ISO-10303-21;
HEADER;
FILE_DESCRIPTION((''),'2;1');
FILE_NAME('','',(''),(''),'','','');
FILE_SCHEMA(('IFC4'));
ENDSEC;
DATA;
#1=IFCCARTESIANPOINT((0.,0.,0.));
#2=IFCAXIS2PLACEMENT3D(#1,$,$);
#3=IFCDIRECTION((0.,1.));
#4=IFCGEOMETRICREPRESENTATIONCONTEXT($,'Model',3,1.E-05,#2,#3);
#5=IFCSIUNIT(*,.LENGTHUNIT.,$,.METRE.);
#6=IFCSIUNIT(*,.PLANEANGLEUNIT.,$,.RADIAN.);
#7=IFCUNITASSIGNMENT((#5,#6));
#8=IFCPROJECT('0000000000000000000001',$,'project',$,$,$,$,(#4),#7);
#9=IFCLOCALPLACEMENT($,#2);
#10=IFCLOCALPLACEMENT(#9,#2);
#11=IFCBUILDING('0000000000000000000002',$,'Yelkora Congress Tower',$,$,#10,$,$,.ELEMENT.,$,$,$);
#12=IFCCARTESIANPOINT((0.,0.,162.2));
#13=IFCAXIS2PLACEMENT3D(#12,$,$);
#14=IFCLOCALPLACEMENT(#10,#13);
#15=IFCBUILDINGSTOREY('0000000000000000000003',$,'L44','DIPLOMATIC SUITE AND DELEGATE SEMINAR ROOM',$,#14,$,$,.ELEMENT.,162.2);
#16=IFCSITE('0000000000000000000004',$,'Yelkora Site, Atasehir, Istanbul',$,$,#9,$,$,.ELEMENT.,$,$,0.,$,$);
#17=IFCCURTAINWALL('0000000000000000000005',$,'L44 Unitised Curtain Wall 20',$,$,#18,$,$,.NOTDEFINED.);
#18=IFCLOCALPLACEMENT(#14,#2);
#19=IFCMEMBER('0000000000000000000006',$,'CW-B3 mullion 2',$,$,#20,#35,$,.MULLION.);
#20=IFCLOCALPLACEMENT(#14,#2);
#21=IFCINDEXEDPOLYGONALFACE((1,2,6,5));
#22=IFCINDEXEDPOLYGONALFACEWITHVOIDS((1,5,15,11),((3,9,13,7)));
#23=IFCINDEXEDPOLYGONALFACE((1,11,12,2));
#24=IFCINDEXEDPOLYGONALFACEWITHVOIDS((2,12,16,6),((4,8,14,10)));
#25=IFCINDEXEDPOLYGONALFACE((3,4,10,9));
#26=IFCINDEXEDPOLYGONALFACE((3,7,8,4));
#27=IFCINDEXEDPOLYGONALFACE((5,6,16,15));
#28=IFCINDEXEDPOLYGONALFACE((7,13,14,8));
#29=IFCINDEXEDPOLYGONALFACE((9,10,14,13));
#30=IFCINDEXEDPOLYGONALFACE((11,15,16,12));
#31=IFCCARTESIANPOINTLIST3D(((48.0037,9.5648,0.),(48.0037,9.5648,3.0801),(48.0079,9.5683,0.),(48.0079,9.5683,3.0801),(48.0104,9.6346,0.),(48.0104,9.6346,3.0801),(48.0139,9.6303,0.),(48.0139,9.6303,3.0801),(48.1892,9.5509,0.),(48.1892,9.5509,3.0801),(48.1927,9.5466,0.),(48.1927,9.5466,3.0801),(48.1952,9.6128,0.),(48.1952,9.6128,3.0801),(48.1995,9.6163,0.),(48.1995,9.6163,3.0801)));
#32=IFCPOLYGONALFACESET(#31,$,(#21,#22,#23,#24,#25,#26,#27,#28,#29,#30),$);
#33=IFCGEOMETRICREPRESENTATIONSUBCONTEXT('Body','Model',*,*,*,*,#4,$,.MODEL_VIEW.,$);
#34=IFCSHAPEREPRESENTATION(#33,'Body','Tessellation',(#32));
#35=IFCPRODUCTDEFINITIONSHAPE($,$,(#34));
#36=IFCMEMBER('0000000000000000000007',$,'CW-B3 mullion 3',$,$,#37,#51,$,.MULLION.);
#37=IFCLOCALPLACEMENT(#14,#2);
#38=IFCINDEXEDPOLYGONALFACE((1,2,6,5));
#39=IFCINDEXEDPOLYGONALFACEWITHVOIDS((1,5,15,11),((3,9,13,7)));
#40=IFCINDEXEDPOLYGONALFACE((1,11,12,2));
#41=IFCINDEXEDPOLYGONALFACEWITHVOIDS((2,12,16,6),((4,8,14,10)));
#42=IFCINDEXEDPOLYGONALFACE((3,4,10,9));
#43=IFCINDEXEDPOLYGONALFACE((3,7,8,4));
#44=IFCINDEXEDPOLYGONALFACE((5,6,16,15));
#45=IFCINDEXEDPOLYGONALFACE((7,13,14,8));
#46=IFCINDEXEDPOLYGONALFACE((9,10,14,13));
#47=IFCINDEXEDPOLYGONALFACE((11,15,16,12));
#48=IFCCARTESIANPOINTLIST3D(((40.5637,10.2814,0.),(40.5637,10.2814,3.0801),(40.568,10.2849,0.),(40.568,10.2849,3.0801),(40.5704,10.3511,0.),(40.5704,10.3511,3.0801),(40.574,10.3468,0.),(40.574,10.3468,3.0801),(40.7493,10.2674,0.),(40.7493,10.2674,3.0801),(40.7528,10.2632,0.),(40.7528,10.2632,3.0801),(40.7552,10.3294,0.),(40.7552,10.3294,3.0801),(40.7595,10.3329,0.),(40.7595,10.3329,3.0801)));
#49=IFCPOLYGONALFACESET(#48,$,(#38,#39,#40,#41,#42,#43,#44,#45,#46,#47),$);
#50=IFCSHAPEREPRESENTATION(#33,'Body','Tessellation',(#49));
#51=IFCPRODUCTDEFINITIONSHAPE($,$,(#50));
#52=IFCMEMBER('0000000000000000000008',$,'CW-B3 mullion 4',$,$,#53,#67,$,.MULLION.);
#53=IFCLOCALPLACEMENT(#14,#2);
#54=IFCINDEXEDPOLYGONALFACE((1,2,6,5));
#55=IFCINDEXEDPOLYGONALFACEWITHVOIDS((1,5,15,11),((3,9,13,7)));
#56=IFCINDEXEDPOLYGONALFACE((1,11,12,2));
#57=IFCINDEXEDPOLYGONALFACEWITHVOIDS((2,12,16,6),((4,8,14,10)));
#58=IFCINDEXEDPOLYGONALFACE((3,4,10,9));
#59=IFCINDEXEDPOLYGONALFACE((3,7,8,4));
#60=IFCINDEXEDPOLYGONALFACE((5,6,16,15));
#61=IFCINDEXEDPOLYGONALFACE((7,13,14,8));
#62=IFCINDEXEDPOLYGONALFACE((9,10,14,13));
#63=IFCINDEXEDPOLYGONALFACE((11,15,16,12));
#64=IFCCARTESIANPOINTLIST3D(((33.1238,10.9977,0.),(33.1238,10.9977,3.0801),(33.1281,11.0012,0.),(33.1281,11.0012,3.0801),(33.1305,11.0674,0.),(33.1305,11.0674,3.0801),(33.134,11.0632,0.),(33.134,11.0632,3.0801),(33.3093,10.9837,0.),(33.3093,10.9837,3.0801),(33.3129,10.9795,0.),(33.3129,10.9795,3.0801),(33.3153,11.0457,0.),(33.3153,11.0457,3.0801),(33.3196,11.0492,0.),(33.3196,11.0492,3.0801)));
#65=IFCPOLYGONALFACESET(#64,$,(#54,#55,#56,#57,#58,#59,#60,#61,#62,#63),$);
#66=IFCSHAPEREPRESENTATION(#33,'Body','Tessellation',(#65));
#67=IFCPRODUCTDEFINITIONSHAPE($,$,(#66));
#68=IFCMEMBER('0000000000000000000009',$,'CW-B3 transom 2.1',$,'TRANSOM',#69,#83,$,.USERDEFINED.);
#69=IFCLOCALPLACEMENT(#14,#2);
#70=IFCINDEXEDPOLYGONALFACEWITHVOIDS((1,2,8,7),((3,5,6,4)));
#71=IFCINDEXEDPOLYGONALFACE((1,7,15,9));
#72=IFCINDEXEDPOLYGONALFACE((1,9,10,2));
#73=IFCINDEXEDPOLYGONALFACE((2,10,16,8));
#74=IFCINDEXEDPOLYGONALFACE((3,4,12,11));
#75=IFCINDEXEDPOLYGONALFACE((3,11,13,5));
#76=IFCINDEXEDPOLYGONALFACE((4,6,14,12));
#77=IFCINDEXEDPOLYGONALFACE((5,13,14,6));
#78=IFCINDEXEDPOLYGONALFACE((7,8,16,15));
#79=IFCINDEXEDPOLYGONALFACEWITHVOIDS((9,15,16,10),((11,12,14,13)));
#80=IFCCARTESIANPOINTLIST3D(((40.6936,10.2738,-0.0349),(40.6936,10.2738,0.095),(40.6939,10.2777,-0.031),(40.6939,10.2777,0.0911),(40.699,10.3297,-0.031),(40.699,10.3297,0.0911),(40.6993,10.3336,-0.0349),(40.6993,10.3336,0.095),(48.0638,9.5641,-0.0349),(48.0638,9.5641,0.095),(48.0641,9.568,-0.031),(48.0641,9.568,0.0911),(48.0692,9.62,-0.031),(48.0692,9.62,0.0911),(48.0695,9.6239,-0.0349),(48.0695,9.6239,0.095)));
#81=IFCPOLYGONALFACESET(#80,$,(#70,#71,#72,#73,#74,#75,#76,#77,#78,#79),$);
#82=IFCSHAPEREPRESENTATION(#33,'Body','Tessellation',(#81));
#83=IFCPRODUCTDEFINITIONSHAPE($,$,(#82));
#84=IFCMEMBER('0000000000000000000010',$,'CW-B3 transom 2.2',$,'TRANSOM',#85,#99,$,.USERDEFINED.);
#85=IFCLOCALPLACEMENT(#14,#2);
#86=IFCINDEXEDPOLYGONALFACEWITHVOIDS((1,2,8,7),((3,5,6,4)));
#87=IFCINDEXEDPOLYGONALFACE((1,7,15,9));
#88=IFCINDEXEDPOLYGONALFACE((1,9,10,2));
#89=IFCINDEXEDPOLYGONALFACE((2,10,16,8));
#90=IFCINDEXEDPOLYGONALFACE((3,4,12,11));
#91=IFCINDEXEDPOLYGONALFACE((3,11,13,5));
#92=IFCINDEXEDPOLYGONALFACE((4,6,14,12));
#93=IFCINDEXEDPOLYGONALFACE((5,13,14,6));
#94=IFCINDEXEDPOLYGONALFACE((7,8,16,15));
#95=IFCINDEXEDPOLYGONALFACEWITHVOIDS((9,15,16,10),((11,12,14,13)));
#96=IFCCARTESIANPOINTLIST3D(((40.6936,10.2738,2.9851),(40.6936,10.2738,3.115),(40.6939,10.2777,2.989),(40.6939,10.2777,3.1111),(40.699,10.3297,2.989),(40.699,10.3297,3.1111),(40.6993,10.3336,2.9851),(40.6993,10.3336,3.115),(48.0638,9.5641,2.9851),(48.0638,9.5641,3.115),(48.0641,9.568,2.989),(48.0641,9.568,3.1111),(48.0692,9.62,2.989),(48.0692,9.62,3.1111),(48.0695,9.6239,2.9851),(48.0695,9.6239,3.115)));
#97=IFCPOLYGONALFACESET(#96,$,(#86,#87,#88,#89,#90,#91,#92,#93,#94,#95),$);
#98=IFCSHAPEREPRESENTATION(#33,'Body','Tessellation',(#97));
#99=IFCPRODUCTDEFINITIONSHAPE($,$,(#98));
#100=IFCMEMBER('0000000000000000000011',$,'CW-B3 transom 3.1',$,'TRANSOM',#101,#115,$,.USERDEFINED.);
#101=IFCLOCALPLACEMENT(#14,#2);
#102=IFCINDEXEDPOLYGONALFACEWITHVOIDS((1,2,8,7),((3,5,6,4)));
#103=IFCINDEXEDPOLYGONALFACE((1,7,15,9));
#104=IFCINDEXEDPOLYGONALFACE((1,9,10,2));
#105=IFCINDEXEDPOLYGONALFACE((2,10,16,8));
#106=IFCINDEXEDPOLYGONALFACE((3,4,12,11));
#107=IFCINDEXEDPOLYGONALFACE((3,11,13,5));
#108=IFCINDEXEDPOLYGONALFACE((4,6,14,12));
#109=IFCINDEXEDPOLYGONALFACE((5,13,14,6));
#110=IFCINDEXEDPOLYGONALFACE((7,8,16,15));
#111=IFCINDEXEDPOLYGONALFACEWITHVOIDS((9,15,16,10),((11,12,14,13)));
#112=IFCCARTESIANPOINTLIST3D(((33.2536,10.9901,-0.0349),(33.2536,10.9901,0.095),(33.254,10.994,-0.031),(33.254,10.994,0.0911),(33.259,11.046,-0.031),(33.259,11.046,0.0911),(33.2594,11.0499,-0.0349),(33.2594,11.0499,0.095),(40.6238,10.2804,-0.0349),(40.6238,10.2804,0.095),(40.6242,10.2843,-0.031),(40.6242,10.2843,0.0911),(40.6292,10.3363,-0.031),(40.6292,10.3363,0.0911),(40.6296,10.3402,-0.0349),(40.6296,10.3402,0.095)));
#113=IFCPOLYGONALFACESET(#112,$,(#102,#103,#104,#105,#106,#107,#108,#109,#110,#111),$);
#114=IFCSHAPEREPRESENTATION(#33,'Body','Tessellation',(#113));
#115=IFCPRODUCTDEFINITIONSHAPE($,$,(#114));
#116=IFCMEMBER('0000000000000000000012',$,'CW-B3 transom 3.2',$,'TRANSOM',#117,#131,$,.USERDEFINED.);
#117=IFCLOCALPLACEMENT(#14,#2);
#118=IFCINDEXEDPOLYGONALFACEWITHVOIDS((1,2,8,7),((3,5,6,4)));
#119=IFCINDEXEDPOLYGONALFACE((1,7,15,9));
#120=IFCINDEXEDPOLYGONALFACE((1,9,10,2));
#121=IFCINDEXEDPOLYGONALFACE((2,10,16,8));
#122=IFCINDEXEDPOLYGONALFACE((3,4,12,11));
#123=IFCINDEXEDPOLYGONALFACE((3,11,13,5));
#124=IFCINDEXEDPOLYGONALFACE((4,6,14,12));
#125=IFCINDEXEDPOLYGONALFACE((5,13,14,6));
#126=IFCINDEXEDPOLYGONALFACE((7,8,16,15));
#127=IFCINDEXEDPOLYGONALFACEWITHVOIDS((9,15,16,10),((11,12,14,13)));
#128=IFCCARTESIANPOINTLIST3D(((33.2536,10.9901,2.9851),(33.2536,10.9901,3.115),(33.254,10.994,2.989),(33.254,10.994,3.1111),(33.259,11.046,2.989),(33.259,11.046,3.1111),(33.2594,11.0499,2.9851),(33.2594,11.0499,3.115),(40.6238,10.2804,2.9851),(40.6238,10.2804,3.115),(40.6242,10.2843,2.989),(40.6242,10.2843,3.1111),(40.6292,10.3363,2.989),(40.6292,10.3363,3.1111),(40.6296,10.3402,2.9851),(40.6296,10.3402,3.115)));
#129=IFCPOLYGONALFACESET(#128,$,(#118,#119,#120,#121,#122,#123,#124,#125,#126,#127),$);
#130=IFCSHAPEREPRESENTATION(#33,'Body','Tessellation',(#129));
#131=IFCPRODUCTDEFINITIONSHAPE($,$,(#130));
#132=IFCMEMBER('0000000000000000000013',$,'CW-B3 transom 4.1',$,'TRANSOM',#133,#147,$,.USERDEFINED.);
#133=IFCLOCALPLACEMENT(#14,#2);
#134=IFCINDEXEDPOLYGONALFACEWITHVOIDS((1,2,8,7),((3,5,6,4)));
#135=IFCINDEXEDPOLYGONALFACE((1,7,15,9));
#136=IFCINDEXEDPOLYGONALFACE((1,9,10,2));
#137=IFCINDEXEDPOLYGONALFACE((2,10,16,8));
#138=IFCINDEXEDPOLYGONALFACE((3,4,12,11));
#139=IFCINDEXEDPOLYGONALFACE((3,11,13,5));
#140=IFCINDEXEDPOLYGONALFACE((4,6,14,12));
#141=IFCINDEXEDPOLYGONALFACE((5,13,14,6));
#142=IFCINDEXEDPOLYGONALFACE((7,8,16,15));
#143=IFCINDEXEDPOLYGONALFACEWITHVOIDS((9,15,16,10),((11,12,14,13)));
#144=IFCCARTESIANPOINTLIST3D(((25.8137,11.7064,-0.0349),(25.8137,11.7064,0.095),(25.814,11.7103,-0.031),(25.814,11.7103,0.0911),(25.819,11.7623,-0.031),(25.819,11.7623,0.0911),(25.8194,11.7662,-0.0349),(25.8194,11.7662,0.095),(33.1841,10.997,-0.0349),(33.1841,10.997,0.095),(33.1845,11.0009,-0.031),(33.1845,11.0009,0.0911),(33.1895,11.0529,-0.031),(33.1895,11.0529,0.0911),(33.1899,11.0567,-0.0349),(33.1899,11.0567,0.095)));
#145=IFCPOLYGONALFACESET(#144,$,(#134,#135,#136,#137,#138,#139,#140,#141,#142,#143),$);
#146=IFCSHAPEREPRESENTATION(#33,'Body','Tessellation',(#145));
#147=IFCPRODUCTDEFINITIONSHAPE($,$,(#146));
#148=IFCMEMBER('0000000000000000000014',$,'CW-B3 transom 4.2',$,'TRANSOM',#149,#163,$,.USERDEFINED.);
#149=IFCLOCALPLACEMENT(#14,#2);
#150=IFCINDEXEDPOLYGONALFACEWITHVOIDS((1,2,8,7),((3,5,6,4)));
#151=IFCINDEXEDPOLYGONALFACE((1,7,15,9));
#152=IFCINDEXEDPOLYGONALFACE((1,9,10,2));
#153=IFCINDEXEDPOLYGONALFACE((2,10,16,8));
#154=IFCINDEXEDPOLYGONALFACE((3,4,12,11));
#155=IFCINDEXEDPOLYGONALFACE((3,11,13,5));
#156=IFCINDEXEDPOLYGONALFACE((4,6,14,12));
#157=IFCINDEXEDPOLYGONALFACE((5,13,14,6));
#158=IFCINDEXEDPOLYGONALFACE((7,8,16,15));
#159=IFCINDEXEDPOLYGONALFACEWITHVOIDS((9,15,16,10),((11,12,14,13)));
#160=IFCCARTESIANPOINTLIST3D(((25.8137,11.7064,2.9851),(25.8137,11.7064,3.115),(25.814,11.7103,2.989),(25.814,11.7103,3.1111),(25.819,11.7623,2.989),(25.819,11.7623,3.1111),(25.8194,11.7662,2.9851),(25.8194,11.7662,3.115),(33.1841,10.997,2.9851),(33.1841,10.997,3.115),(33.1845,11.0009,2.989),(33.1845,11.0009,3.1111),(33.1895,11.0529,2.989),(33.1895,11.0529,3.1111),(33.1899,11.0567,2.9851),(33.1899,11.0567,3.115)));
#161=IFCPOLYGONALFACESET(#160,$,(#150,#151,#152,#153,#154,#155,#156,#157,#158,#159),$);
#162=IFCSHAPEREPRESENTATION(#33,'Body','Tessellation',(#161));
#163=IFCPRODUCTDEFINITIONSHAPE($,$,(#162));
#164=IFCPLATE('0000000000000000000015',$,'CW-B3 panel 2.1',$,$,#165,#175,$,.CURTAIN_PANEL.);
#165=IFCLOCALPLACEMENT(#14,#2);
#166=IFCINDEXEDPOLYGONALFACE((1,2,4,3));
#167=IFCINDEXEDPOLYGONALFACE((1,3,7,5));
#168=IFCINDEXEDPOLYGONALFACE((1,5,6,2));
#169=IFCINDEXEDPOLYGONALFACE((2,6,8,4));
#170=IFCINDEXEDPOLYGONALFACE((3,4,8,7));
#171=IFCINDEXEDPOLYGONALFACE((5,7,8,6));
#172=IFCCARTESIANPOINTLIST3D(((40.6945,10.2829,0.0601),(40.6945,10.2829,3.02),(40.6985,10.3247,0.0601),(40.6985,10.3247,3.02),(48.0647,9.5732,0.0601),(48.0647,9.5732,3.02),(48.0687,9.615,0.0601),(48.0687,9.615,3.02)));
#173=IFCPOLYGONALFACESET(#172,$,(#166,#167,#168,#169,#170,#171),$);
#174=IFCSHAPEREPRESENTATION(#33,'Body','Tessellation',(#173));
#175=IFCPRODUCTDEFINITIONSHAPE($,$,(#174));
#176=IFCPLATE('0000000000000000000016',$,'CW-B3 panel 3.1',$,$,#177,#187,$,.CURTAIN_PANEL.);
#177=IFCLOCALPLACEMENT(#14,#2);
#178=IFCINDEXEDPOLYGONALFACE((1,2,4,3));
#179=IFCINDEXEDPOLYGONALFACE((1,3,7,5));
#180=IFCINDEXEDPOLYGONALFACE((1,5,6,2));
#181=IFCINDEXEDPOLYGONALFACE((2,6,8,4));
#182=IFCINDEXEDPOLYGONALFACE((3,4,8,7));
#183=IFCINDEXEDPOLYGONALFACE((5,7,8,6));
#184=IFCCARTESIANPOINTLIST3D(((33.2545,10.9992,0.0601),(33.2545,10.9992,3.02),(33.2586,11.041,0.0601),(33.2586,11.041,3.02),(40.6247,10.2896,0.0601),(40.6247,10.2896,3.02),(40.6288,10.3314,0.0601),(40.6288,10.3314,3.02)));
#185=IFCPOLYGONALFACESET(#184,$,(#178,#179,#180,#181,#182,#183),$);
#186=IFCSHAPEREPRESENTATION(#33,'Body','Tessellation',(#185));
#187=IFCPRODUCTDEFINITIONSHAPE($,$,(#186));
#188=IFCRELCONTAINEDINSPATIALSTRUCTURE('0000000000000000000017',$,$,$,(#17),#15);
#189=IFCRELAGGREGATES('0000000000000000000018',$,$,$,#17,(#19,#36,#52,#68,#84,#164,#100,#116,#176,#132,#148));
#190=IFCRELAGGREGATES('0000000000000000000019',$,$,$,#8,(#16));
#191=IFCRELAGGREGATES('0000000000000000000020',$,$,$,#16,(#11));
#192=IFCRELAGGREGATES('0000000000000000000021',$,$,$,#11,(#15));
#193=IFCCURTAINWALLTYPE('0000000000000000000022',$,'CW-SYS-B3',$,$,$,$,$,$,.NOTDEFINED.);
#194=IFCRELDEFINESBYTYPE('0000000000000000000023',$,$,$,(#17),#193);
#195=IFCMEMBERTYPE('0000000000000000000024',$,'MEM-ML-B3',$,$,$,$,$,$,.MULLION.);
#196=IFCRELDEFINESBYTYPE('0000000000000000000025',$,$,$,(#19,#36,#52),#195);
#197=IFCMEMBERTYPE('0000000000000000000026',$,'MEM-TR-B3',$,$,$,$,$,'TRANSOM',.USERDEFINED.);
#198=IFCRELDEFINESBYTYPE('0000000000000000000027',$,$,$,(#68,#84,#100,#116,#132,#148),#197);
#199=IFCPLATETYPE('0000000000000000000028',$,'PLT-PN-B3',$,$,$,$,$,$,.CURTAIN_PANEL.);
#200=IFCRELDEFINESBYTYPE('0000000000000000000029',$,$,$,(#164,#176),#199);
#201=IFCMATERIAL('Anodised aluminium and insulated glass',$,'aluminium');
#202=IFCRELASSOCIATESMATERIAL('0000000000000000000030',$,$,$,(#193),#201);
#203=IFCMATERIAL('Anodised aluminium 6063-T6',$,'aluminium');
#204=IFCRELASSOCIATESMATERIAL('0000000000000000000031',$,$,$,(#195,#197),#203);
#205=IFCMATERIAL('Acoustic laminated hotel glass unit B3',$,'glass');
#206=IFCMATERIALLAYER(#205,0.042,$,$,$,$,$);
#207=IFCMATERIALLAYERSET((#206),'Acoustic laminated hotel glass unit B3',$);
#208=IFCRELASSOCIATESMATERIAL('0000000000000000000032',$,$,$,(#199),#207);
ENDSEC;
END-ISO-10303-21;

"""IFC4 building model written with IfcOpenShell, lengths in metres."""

from ifc_helpers import new_model, si_unit, direction, frame, origin, origin_2d, place, context, subcontext, project, spatial, rectangle, hollow_rectangle, extrude, material, layer, layer_set, material_profile, profile_set, type_object, element, aggregate, save


model = new_model("IFC4")

# Units and contexts
model_context = context("Model", 3, precision=1e-05, world=origin(), true_north=direction((0.0, 1.0)))
body_context = subcontext(model_context, "Body", "Model", "MODEL_VIEW")
ifc_project = project(units=[si_unit("LENGTHUNIT", "METRE"), si_unit("PLANEANGLEUNIT", "RADIAN")], contexts=[model_context])

# Site, building, storey
site_placement = place(None, origin())
site = spatial("IfcSite", under=ifc_project, at=site_placement, Name="Yelkora Site, Atasehir, Istanbul", CompositionType="ELEMENT", RefElevation=0.0)
building_placement = place(site_placement, origin())
building = spatial("IfcBuilding", under=site, at=building_placement, Name="Yelkora Congress Tower", CompositionType="ELEMENT")
storey_placement = place(building_placement, frame((0.0, 0.0, 162.2)))
storey = spatial("IfcBuildingStorey", under=building, at=storey_placement, Name="L44", Description="DIPLOMATIC SUITE AND DELEGATE SEMINAR ROOM", CompositionType="ELEMENT", Elevation=162.2)

# Curtain wall, members, plates
ifc_material_1 = material(Name="Anodised aluminium and insulated glass", Category="aluminium")
curtain_wall_type = type_object("IfcCurtainWallType", Name="CW-SYS-B3", PredefinedType="NOTDEFINED", material=ifc_material_1)
curtain_wall_placement = place(storey_placement, origin())
curtain_wall = element("IfcCurtainWall", 1, at=curtain_wall_placement, inside=storey, type_object=curtain_wall_type, Name="L44 Unitised Curtain Wall 20", PredefinedType="NOTDEFINED")
ifc_material_2 = material(Name="Anodised aluminium 6063-T6", Category="aluminium")
ifc_material_profile_1 = material_profile(ifc_material_2, hollow_rectangle(XDim=0.0701, YDim=0.1899, WallThickness=0.0039, at=origin_2d()), Name="ALU 70x190x4")
ifc_profile_set_1 = profile_set([ifc_material_profile_1], Name="Anodised aluminium 6063-T6")
member_type_1 = type_object("IfcMemberType", Name="MEM-ML-B3", PredefinedType="MULLION", material=ifc_profile_set_1)
member_1_placement = place(storey_placement, frame((48.1016, 9.5906, 0.0), z_axis=(0.0, 0.0, 1.0), x_axis=(-0.095845, -0.995396, 0.0)))
member_1 = element("IfcMember", 2, at=member_1_placement, type_object=member_type_1, Name="CW-B3 mullion 2", PredefinedType="MULLION", context=body_context, shape_type="SweptSolid", body=[
    extrude(hollow_rectangle(XDim=0.0701, YDim=0.1899, WallThickness=0.0039, at=origin_2d()), origin(), (0.0, 0.0, 1.0), 3.0801),
])
member_2_placement = place(storey_placement, frame((40.6616, 10.3071, 0.0), z_axis=(0.0, 0.0, 1.0), x_axis=(-0.095845, -0.995396, 0.0)))
member_2 = element("IfcMember", 3, at=member_2_placement, type_object=member_type_1, Name="CW-B3 mullion 3", PredefinedType="MULLION", context=body_context, shape_type="SweptSolid", body=[
    extrude(hollow_rectangle(XDim=0.0701, YDim=0.1899, WallThickness=0.0039, at=origin_2d()), origin(), (0.0, 0.0, 1.0), 3.0801),
])
member_3_placement = place(storey_placement, frame((33.2217, 11.0234, 0.0), z_axis=(0.0, 0.0, 1.0), x_axis=(-0.095845, -0.995396, 0.0)))
member_3 = element("IfcMember", 4, at=member_3_placement, type_object=member_type_1, Name="CW-B3 mullion 4", PredefinedType="MULLION", context=body_context, shape_type="SweptSolid", body=[
    extrude(hollow_rectangle(XDim=0.0701, YDim=0.1899, WallThickness=0.0039, at=origin_2d()), origin(), (0.0, 0.0, 1.0), 3.0801),
])
ifc_material_profile_2 = material_profile(ifc_material_2, hollow_rectangle(XDim=0.0601, YDim=0.1299, WallThickness=0.0039, at=origin_2d()), Name="ALU 60x130x4")
ifc_profile_set_2 = profile_set([ifc_material_profile_2], Name="Anodised aluminium 6063-T6")
member_type_2 = type_object("IfcMemberType", Name="MEM-TR-B3", ElementType="TRANSOM", PredefinedType="USERDEFINED", material=ifc_profile_set_2)
member_4_placement = place(storey_placement, frame((48.0667, 9.594, 0.03), z_axis=(-0.995395, 0.095853, 0.0), x_axis=(-0.095853, -0.995395, 0.0)))
member_4 = element("IfcMember", 5, at=member_4_placement, type_object=member_type_2, Name="CW-B3 transom 2.1", ObjectType="TRANSOM", PredefinedType="USERDEFINED", context=body_context, shape_type="SweptSolid", body=[
    extrude(hollow_rectangle(XDim=0.0601, YDim=0.1299, WallThickness=0.0039, at=origin_2d()), origin(), (0.0, 0.0, 1.0), 7.4043),
])
member_5_placement = place(storey_placement, frame((48.0667, 9.594, 3.05), z_axis=(-0.995395, 0.095853, 0.0), x_axis=(-0.095853, -0.995395, 0.0)))
member_5 = element("IfcMember", 6, at=member_5_placement, type_object=member_type_2, Name="CW-B3 transom 2.2", ObjectType="TRANSOM", PredefinedType="USERDEFINED", context=body_context, shape_type="SweptSolid", body=[
    extrude(hollow_rectangle(XDim=0.0601, YDim=0.1299, WallThickness=0.0039, at=origin_2d()), origin(), (0.0, 0.0, 1.0), 7.4043),
])
member_6_placement = place(storey_placement, frame((40.6267, 10.3103, 0.03), z_axis=(-0.995395, 0.095853, 0.0), x_axis=(-0.095853, -0.995395, 0.0)))
member_6 = element("IfcMember", 7, at=member_6_placement, type_object=member_type_2, Name="CW-B3 transom 3.1", ObjectType="TRANSOM", PredefinedType="USERDEFINED", context=body_context, shape_type="SweptSolid", body=[
    extrude(hollow_rectangle(XDim=0.0601, YDim=0.1299, WallThickness=0.0039, at=origin_2d()), origin(), (0.0, 0.0, 1.0), 7.4043),
])
member_7_placement = place(storey_placement, frame((40.6267, 10.3103, 3.05), z_axis=(-0.995395, 0.095853, 0.0), x_axis=(-0.095853, -0.995395, 0.0)))
member_7 = element("IfcMember", 8, at=member_7_placement, type_object=member_type_2, Name="CW-B3 transom 3.2", ObjectType="TRANSOM", PredefinedType="USERDEFINED", context=body_context, shape_type="SweptSolid", body=[
    extrude(hollow_rectangle(XDim=0.0601, YDim=0.1299, WallThickness=0.0039, at=origin_2d()), origin(), (0.0, 0.0, 1.0), 7.4043),
])
member_8_placement = place(storey_placement, frame((33.187, 11.0269, 0.03), z_axis=(-0.995399, 0.095817, 0.0), x_axis=(-0.095817, -0.995399, 0.0)))
member_8 = element("IfcMember", 9, at=member_8_placement, type_object=member_type_2, Name="CW-B3 transom 4.1", ObjectType="TRANSOM", PredefinedType="USERDEFINED", context=body_context, shape_type="SweptSolid", body=[
    extrude(hollow_rectangle(XDim=0.0601, YDim=0.1299, WallThickness=0.0039, at=origin_2d()), origin(), (0.0, 0.0, 1.0), 7.4045),
])
member_9_placement = place(storey_placement, frame((33.187, 11.0269, 3.05), z_axis=(-0.995399, 0.095817, 0.0), x_axis=(-0.095817, -0.995399, 0.0)))
member_9 = element("IfcMember", 10, at=member_9_placement, type_object=member_type_2, Name="CW-B3 transom 4.2", ObjectType="TRANSOM", PredefinedType="USERDEFINED", context=body_context, shape_type="SweptSolid", body=[
    extrude(hollow_rectangle(XDim=0.0601, YDim=0.1299, WallThickness=0.0039, at=origin_2d()), origin(), (0.0, 0.0, 1.0), 7.4045),
])
ifc_material_3 = material(Name="Acoustic laminated hotel glass unit B3", Category="glass")
ifc_layer_1 = layer(ifc_material_3, 0.042)
ifc_layer_set_1 = layer_set([ifc_layer_1], Name="Acoustic laminated hotel glass unit B3")
plate_type = type_object("IfcPlateType", Name="PLT-PN-B3", PredefinedType="CURTAIN_PANEL", material=ifc_layer_set_1)
plate_1_placement = place(storey_placement, frame((44.3816, 9.949, 0.0601), z_axis=(0.0, 0.0, 1.0), x_axis=(-0.995396, 0.095845, 0.0)))
plate_1 = element("IfcPlate", 11, at=plate_1_placement, type_object=plate_type, Name="CW-B3 panel 2.1", PredefinedType="CURTAIN_PANEL", context=body_context, shape_type="SweptSolid", body=[
    extrude(rectangle(XDim=7.4043, YDim=0.042, at=origin_2d()), origin(), (0.0, 0.0, 1.0), 2.96),
])
plate_2_placement = place(storey_placement, frame((36.9417, 10.6653, 0.0601), z_axis=(0.0, 0.0, 1.0), x_axis=(-0.995396, 0.095845, 0.0)))
plate_2 = element("IfcPlate", 12, at=plate_2_placement, type_object=plate_type, Name="CW-B3 panel 3.1", PredefinedType="CURTAIN_PANEL", context=body_context, shape_type="SweptSolid", body=[
    extrude(rectangle(XDim=7.4043, YDim=0.042, at=origin_2d()), origin(), (0.0, 0.0, 1.0), 2.96),
])
aggregate(curtain_wall, [member_1, member_2, member_3, member_4, member_5, plate_1, member_6, member_7, plate_2, member_8, member_9])

save(model, "model.ifc")
